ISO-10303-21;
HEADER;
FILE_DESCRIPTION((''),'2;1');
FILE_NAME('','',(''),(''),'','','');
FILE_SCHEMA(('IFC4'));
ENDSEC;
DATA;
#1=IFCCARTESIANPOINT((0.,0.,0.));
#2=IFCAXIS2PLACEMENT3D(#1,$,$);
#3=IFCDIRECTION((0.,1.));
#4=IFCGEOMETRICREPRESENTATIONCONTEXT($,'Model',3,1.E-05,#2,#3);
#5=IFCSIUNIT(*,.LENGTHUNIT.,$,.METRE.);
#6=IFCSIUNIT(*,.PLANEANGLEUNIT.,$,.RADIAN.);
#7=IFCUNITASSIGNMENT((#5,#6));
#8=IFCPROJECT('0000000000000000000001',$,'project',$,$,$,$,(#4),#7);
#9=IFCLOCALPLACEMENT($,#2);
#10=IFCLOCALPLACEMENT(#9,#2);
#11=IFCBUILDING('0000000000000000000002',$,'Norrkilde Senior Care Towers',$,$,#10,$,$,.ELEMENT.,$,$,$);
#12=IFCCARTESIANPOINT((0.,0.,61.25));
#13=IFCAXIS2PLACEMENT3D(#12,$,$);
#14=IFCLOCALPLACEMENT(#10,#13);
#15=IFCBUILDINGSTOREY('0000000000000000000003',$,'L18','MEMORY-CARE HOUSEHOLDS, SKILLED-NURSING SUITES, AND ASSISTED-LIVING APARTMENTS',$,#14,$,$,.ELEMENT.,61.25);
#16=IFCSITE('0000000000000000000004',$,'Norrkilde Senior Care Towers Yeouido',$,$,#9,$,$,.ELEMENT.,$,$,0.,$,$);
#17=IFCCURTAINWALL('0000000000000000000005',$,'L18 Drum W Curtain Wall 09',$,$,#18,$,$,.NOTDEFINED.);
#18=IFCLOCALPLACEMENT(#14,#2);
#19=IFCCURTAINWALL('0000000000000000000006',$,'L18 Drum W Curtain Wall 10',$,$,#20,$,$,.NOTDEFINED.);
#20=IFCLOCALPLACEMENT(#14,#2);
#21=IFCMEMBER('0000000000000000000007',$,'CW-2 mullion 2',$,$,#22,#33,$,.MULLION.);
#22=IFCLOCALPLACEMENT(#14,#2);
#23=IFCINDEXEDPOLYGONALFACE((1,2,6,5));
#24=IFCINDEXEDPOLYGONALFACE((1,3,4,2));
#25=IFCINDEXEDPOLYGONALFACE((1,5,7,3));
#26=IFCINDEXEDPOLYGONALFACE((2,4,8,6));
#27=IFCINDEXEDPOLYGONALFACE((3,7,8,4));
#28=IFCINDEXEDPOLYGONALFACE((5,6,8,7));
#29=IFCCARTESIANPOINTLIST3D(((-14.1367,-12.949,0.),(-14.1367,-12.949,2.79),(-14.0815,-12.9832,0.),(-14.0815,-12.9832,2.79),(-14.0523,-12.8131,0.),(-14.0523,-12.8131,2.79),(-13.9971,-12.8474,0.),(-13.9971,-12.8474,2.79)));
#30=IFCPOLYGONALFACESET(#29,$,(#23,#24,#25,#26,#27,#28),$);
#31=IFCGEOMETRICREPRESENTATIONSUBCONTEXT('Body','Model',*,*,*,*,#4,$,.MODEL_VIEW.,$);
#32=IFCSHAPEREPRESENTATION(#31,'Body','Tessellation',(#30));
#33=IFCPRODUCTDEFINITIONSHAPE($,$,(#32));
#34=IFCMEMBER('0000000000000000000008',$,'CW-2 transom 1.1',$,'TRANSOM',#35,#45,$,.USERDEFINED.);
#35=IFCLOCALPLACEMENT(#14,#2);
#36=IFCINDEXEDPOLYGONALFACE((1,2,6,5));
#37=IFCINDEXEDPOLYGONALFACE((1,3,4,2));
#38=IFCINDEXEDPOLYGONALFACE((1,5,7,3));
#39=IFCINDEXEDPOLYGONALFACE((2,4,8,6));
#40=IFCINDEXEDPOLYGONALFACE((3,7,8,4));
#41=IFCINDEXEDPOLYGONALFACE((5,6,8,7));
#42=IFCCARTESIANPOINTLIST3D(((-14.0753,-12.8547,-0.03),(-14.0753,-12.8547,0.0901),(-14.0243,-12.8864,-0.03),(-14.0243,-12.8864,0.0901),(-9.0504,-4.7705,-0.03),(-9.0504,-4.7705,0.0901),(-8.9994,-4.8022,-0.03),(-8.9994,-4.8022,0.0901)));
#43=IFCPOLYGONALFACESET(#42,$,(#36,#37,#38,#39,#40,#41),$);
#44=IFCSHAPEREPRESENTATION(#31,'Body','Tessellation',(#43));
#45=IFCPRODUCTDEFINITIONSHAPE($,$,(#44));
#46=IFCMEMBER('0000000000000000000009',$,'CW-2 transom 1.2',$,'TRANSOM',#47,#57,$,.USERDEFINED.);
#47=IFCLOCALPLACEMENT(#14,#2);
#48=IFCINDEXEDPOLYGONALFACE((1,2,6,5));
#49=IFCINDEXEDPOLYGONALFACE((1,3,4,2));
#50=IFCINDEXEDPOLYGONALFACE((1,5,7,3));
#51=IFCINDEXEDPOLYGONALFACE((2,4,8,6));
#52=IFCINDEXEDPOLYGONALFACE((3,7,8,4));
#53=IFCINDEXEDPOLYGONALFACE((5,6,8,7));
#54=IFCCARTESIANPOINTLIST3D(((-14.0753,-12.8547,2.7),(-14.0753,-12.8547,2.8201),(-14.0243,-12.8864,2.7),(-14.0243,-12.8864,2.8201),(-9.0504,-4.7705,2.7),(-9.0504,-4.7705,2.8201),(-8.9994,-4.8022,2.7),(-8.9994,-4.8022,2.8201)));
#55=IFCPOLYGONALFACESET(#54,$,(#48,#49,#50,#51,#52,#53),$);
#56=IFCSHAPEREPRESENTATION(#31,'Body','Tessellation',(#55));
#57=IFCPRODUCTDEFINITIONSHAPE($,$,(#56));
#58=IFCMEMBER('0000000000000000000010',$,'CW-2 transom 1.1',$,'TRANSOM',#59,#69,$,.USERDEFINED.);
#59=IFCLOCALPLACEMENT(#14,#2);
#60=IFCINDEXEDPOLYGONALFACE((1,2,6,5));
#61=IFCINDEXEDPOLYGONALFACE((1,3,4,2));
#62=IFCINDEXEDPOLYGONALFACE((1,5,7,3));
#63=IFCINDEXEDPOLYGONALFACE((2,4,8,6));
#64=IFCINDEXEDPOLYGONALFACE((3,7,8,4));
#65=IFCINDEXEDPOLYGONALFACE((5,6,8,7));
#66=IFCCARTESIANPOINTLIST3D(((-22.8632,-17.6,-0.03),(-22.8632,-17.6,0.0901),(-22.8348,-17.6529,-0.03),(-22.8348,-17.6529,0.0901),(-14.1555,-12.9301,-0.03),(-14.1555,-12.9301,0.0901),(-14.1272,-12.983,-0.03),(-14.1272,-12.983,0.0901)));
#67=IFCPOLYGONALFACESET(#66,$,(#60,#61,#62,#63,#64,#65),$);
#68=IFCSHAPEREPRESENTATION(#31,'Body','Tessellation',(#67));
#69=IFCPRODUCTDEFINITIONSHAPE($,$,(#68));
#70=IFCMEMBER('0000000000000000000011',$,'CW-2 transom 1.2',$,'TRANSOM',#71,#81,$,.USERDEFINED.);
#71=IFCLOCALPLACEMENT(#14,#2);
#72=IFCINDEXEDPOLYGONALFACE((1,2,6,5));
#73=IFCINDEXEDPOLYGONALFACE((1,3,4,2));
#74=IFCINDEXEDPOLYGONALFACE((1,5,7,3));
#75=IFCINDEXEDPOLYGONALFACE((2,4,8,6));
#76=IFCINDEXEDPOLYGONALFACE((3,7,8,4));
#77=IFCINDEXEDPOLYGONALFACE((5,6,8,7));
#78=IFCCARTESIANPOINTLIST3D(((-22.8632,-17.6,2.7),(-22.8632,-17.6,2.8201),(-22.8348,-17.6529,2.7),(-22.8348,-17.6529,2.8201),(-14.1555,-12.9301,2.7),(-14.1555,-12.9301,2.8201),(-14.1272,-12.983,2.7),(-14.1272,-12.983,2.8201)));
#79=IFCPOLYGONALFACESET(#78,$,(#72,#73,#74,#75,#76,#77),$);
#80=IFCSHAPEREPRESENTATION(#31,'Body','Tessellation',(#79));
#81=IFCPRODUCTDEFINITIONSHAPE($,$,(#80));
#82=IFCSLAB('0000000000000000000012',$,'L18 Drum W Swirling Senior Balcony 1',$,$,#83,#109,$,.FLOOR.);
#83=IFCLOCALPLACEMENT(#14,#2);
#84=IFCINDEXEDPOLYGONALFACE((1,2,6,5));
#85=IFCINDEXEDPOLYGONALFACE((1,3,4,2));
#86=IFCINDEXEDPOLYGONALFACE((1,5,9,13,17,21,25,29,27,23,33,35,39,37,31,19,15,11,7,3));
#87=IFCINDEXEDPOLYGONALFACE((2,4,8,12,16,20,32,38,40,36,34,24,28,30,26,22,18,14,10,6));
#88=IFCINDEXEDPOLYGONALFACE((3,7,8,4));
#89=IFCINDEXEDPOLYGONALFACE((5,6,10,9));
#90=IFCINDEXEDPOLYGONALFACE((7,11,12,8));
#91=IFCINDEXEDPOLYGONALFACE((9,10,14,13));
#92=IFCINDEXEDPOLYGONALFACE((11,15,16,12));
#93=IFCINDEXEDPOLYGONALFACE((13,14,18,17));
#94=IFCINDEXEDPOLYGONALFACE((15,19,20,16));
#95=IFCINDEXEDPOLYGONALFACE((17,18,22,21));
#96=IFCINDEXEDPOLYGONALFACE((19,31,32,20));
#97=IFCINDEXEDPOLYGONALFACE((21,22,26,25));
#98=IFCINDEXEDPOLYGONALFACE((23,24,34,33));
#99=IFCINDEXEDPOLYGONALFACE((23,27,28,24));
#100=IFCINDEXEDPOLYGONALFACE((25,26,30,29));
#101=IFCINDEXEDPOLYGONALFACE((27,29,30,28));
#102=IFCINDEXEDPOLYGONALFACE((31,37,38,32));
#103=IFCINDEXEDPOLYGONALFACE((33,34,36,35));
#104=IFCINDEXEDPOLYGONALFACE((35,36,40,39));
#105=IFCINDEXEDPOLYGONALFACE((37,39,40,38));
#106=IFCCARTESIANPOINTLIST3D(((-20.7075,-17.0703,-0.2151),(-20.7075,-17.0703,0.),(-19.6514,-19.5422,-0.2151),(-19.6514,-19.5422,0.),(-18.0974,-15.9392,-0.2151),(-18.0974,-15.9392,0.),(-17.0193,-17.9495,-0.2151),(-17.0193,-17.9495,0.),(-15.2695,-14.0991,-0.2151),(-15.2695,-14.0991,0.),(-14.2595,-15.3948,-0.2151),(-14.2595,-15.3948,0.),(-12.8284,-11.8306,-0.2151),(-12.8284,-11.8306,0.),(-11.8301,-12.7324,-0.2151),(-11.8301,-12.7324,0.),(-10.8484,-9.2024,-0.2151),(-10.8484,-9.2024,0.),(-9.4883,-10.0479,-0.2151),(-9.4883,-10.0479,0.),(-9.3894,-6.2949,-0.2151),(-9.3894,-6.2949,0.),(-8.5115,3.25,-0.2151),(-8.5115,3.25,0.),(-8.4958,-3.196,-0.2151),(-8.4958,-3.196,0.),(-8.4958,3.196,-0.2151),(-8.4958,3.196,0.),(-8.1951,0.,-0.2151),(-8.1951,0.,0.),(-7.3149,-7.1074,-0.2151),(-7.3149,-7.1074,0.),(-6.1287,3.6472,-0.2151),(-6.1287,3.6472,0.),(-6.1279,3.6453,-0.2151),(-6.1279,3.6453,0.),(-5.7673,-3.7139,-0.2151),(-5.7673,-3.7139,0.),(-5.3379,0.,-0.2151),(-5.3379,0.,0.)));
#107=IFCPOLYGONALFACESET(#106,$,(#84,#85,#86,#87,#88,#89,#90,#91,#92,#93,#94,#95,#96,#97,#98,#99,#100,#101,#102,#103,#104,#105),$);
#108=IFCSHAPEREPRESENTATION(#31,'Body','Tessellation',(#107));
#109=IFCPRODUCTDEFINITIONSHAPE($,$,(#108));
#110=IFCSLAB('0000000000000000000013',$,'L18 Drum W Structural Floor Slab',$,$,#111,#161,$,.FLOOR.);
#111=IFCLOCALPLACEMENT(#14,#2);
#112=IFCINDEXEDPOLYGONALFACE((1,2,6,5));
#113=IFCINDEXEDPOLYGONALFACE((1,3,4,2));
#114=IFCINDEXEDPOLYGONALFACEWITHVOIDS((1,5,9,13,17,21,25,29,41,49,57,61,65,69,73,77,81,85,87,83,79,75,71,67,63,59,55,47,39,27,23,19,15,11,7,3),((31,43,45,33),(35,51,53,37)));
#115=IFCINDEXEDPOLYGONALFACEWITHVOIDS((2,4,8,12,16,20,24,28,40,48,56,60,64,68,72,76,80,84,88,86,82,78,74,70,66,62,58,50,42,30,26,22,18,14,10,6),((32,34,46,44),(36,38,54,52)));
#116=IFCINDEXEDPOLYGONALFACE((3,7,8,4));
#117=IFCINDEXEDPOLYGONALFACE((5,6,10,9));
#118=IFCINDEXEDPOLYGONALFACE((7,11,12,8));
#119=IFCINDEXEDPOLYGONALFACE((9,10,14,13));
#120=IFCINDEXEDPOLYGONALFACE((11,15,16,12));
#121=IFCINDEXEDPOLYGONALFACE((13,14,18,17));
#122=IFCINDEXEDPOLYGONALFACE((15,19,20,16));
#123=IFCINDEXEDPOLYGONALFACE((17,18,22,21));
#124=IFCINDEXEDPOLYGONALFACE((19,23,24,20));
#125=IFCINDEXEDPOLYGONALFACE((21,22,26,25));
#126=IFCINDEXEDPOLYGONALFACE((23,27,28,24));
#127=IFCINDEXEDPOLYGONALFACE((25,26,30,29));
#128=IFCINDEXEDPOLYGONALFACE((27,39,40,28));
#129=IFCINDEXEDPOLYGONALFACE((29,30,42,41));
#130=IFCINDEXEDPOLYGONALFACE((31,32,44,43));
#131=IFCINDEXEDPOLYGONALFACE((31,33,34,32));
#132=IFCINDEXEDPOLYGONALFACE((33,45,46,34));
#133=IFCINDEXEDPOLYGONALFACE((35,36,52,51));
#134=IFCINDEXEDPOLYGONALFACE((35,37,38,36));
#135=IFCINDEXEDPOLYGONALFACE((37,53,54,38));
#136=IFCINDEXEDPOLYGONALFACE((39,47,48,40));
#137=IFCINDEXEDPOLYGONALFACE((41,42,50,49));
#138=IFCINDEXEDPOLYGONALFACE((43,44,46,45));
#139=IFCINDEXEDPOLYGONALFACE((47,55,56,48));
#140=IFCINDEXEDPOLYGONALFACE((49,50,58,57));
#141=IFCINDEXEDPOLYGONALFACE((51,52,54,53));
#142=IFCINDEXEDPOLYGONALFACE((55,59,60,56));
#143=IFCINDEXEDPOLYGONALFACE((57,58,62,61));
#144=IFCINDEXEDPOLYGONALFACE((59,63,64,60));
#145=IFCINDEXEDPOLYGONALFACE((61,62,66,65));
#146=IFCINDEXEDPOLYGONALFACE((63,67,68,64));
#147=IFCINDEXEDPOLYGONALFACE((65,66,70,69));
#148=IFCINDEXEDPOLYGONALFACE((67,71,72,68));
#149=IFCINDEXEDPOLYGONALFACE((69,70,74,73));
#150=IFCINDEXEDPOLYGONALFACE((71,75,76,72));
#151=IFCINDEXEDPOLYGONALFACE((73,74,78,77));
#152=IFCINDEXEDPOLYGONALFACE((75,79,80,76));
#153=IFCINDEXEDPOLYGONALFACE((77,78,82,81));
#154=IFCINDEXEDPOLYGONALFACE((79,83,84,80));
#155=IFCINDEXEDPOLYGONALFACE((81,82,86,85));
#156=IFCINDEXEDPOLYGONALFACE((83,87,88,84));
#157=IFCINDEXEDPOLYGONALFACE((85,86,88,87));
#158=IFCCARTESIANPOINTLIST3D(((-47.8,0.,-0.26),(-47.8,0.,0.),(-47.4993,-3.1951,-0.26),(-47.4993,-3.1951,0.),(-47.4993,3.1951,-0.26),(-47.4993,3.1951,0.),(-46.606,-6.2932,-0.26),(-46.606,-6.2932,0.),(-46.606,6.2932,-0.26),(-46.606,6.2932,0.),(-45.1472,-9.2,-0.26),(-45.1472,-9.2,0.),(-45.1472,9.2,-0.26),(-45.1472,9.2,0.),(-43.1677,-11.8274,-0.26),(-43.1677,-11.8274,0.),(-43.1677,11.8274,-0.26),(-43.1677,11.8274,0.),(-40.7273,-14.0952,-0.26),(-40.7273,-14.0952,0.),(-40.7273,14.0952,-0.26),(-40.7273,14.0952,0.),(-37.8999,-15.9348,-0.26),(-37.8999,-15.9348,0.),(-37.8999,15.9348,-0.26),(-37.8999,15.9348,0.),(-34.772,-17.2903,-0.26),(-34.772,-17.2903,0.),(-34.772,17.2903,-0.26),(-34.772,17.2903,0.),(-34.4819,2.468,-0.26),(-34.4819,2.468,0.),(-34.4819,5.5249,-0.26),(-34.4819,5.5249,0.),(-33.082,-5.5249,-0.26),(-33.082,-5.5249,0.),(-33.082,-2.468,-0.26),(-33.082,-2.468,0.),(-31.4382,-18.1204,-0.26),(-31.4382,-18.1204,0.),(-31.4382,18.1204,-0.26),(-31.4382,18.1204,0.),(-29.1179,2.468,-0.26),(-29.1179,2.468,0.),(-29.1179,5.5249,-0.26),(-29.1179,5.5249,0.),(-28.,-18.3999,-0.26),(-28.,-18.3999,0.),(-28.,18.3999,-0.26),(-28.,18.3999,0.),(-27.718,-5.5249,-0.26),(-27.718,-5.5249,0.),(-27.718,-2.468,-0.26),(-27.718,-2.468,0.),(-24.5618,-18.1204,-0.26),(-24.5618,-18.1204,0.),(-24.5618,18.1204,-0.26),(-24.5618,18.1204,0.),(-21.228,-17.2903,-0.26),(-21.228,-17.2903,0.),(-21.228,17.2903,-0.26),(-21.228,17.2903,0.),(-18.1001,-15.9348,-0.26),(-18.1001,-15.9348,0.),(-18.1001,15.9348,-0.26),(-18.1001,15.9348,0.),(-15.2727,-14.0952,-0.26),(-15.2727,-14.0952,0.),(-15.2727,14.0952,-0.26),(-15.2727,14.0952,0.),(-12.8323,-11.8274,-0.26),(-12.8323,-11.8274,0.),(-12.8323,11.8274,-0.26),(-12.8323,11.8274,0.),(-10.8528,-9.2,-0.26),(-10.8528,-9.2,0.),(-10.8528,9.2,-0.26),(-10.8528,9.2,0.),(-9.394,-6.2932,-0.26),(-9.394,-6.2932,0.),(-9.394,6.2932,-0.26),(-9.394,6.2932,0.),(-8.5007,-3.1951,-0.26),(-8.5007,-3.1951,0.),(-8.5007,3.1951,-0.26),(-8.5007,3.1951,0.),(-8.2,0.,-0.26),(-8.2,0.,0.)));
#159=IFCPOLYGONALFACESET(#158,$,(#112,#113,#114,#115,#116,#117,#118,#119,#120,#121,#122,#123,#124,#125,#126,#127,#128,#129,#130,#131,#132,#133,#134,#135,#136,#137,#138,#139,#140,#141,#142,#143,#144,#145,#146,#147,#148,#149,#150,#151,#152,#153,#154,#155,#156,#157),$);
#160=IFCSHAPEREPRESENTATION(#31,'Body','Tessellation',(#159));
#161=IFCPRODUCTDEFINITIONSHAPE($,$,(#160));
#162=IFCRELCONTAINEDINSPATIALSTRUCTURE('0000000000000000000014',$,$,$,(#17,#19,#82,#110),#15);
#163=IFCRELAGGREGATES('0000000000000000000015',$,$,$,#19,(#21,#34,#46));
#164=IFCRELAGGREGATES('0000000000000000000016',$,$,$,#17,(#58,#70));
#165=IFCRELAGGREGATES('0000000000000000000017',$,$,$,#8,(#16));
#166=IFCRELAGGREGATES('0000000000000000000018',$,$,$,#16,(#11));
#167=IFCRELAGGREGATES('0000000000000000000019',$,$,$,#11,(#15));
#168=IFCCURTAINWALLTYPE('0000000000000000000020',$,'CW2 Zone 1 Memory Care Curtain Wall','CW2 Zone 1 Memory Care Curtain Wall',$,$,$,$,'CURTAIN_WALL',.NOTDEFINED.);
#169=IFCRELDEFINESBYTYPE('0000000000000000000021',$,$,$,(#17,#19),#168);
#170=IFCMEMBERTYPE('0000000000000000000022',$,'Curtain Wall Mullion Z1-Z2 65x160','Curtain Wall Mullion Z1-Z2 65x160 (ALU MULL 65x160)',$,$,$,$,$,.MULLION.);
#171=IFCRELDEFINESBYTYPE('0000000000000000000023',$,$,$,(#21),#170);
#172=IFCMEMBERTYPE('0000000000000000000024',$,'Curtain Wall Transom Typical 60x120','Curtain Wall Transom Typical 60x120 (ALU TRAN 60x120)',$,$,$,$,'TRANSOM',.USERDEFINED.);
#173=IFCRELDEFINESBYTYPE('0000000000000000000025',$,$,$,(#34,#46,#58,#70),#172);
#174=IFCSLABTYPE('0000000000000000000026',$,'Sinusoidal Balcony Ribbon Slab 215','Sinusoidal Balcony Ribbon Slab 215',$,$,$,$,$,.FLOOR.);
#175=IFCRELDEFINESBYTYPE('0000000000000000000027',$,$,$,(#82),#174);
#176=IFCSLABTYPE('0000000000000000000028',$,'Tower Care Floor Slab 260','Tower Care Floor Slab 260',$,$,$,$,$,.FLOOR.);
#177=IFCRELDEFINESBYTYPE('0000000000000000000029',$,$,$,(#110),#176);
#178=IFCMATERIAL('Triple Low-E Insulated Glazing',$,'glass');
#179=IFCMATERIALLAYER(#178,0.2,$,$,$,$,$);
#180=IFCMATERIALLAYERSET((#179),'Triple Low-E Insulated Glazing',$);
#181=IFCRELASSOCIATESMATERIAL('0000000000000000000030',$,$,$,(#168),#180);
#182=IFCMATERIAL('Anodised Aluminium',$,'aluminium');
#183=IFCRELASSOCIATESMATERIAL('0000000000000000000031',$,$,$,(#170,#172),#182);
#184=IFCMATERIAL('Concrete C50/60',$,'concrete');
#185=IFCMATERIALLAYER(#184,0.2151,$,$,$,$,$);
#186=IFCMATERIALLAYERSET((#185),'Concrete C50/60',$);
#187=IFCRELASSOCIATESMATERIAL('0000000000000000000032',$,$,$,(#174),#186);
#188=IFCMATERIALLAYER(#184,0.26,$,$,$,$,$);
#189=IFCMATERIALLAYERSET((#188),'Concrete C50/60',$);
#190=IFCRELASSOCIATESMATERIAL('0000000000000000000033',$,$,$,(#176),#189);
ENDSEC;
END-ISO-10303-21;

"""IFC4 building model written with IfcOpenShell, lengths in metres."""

from ifc_helpers import new_model, si_unit, direction, frame, origin, origin_2d, place, context, subcontext, project, spatial, polyline, rectangle, outline, extrude, source, transform, mapped, material, layer, layer_set, material_profile, profile_set, type_object, type_shapes, element, aggregate, save


model = new_model("IFC4")

# Units and contexts
model_context = context("Model", 3, precision=1e-05, world=origin(), true_north=direction((0.0, 1.0)))
body_context = subcontext(model_context, "Body", "Model", "MODEL_VIEW")
ifc_project = project(units=[si_unit("LENGTHUNIT", "METRE"), si_unit("PLANEANGLEUNIT", "RADIAN")], contexts=[model_context])

# Site, building, storey
site_placement = place(None, origin())
site = spatial("IfcSite", under=ifc_project, at=site_placement, Name="Norrkilde Senior Care Towers Yeouido", CompositionType="ELEMENT", RefElevation=0.0)
building_placement = place(site_placement, origin())
building = spatial("IfcBuilding", under=site, at=building_placement, Name="Norrkilde Senior Care Towers", CompositionType="ELEMENT")
storey_placement = place(building_placement, frame((0.0, 0.0, 61.25)))
storey = spatial("IfcBuildingStorey", under=building, at=storey_placement, Name="L18", Description="MEMORY-CARE HOUSEHOLDS, SKILLED-NURSING SUITES, AND ASSISTED-LIVING APARTMENTS", CompositionType="ELEMENT", Elevation=61.25)

# Curtain wall
ifc_material_1 = material(Name="Triple Low-E Insulated Glazing", Category="glass")
ifc_layer_1 = layer(ifc_material_1, 0.2)
ifc_layer_set_1 = layer_set([ifc_layer_1], Name="Triple Low-E Insulated Glazing")
curtain_wall_type = type_object("IfcCurtainWallType", Name="CW2 Zone 1 Memory Care Curtain Wall", Description="CW2 Zone 1 Memory Care Curtain Wall", ElementType="CURTAIN_WALL", PredefinedType="NOTDEFINED", material=ifc_layer_set_1)
curtain_wall_1_placement = place(storey_placement, origin())
curtain_wall_1 = element("IfcCurtainWall", 1, at=curtain_wall_1_placement, inside=storey, type_object=curtain_wall_type, Name="L18 Drum W Curtain Wall 09", PredefinedType="NOTDEFINED")
ifc_material_2 = material(Name="Anodised Aluminium", Category="aluminium")
ifc_material_profile_1 = material_profile(ifc_material_2, rectangle(XDim=0.0649, YDim=0.1599, at=origin_2d()), Name="ALU MULL 65x160")
ifc_profile_set_1 = profile_set([ifc_material_profile_1], Name="Anodised Aluminium")
member_type_1 = type_object("IfcMemberType", Name="Curtain Wall Mullion Z1-Z2 65x160", Description="Curtain Wall Mullion Z1-Z2 65x160 (ALU MULL 65x160)", PredefinedType="MULLION", material=ifc_profile_set_1)
shared_shape_1 = source(origin(), body_context, "Body", "SweptSolid", [
    extrude(rectangle(XDim=0.0649, YDim=0.1599, at=origin_2d()), origin(), (0.0, 0.0, 1.0), 2.79),
])
type_shapes(member_type_1, [shared_shape_1])

# Curtain wall, members
curtain_wall_2_placement = place(storey_placement, origin())
curtain_wall_2 = element("IfcCurtainWall", 2, at=curtain_wall_2_placement, inside=storey, type_object=curtain_wall_type, Name="L18 Drum W Curtain Wall 10", PredefinedType="NOTDEFINED")
member_1_placement = place(storey_placement, frame((-14.0669, -12.8982, 0.0), z_axis=(0.0, 0.0, 1.0), x_axis=(0.849306, -0.527901, 0.0)))
member_1 = element("IfcMember", 3, at=member_1_placement, type_object=member_type_1, Name="CW-2 mullion 2", PredefinedType="MULLION", context=body_context, shape_type="MappedRepresentation", body=[
    mapped(shared_shape_1, transform((0.0, 0.0, 0.0), x_axis=(1.0, 0.0, 0.0), y_axis=(0.0, 1.0, 0.0), z_axis=(0.0, 0.0, 1.0), scale=1.0)),
])
ifc_material_profile_2 = material_profile(ifc_material_2, rectangle(XDim=0.0601, YDim=0.1201, at=origin_2d()), Name="ALU TRAN 60x120")
ifc_profile_set_2 = profile_set([ifc_material_profile_2], Name="Anodised Aluminium")
member_type_2 = type_object("IfcMemberType", Name="Curtain Wall Transom Typical 60x120", Description="Curtain Wall Transom Typical 60x120 (ALU TRAN 60x120)", ElementType="TRANSOM", PredefinedType="USERDEFINED", material=ifc_profile_set_2)
shared_shape_2 = source(origin(), body_context, "Body", "SweptSolid", [
    extrude(rectangle(XDim=0.0601, YDim=0.1201, at=origin_2d()), origin(), (0.0, 0.0, 1.0), 9.5186),
])
member_2_placement = place(storey_placement, frame((-9.0249, -4.7864, 0.03), z_axis=(-0.527902, -0.849306, 0.0), x_axis=(0.849306, -0.527902, 0.0)))
member_2 = element("IfcMember", 4, at=member_2_placement, type_object=member_type_2, Name="CW-2 transom 1.1", ObjectType="TRANSOM", PredefinedType="USERDEFINED", context=body_context, shape_type="MappedRepresentation", body=[
    mapped(shared_shape_2, transform((0.0, 0.0, 0.0), x_axis=(1.0, 0.0, 0.0), y_axis=(0.0, 1.0, 0.0), z_axis=(0.0, 0.0, 1.0), scale=1.0)),
])
member_3_placement = place(storey_placement, frame((-9.0249, -4.7864, 2.76), z_axis=(-0.527902, -0.849306, 0.0), x_axis=(0.849306, -0.527902, 0.0)))
member_3 = element("IfcMember", 5, at=member_3_placement, type_object=member_type_2, Name="CW-2 transom 1.2", ObjectType="TRANSOM", PredefinedType="USERDEFINED", context=body_context, shape_type="MappedRepresentation", body=[
    mapped(shared_shape_2, transform((0.0, 0.0, 0.0), x_axis=(1.0, 0.0, 0.0), y_axis=(0.0, 1.0, 0.0), z_axis=(0.0, 0.0, 1.0), scale=1.0)),
])

# Members
shared_shape_3 = source(origin(), body_context, "Body", "SweptSolid", [
    extrude(rectangle(XDim=0.0601, YDim=0.1201, at=origin_2d()), origin(), (0.0, 0.0, 1.0), 9.8809),
])
type_shapes(member_type_2, [shared_shape_2, shared_shape_3])
member_4_placement = place(storey_placement, frame((-14.1414, -12.9565, 0.03), z_axis=(-0.881267, -0.472618, 0.0), x_axis=(0.472618, -0.881267, 0.0)))
member_4 = element("IfcMember", 6, at=member_4_placement, type_object=member_type_2, Name="CW-2 transom 1.1", ObjectType="TRANSOM", PredefinedType="USERDEFINED", context=body_context, shape_type="MappedRepresentation", body=[
    mapped(shared_shape_3, transform((0.0, 0.0, 0.0), x_axis=(1.0, 0.0, 0.0), y_axis=(0.0, 1.0, 0.0), z_axis=(0.0, 0.0, 1.0), scale=1.0)),
])
member_5_placement = place(storey_placement, frame((-14.1414, -12.9565, 2.76), z_axis=(-0.881267, -0.472618, 0.0), x_axis=(0.472618, -0.881267, 0.0)))
member_5 = element("IfcMember", 7, at=member_5_placement, type_object=member_type_2, Name="CW-2 transom 1.2", ObjectType="TRANSOM", PredefinedType="USERDEFINED", context=body_context, shape_type="MappedRepresentation", body=[
    mapped(shared_shape_3, transform((0.0, 0.0, 0.0), x_axis=(1.0, 0.0, 0.0), y_axis=(0.0, 1.0, 0.0), z_axis=(0.0, 0.0, 1.0), scale=1.0)),
])

# Slabs
ifc_material_3 = material(Name="Concrete C50/60", Category="concrete")
ifc_layer_2 = layer(ifc_material_3, 0.2151)
ifc_layer_set_2 = layer_set([ifc_layer_2], Name="Concrete C50/60")
slab_type_1 = type_object("IfcSlabType", Name="Sinusoidal Balcony Ribbon Slab 215", Description="Sinusoidal Balcony Ribbon Slab 215", PredefinedType="FLOOR", material=ifc_layer_set_2)
slab_1_placement = place(storey_placement, frame((0.0, 0.0, -0.2151)))
element("IfcSlab", 8, at=slab_1_placement, inside=storey, type_object=slab_type_1, Name="L18 Drum W Swirling Senior Balcony 1", PredefinedType="FLOOR", context=body_context, shape_type="SweptSolid", body=[
    extrude(outline(polyline([(-9.4883, -10.0479), (-11.8301, -12.7324), (-14.2595, -15.3948), (-17.0193, -17.9495), (-19.6514, -19.5422), (-20.7075, -17.0703), (-18.0974, -15.9392), (-15.2695, -14.0991), (-12.8284, -11.8306), (-10.8484, -9.2024), (-9.3894, -6.2949), (-8.4958, -3.196), (-8.1951, 0.0), (-8.4958, 3.196), (-8.5115, 3.25), (-6.1287, 3.6472), (-6.1279, 3.6453), (-5.3379, 0.0), (-5.7673, -3.7139), (-7.3149, -7.1074), (-9.4883, -10.0479)])), origin(), (0.0, 0.0, 1.0), 0.2151),
])
ifc_layer_3 = layer(ifc_material_3, 0.26)
ifc_layer_set_3 = layer_set([ifc_layer_3], Name="Concrete C50/60")
slab_type_2 = type_object("IfcSlabType", Name="Tower Care Floor Slab 260", Description="Tower Care Floor Slab 260", PredefinedType="FLOOR", material=ifc_layer_set_3)
slab_2_placement = place(storey_placement, frame((0.0, 0.0, -0.26)))
element("IfcSlab", 9, at=slab_2_placement, inside=storey, type_object=slab_type_2, Name="L18 Drum W Structural Floor Slab", PredefinedType="FLOOR", context=body_context, shape_type="SweptSolid", body=[
    extrude(outline(polyline([(-9.394, -6.2932), (-10.8528, -9.2), (-12.8323, -11.8274), (-15.2727, -14.0952), (-18.1001, -15.9348), (-21.228, -17.2903), (-24.5618, -18.1204), (-28.0, -18.3999), (-31.4382, -18.1204), (-34.772, -17.2903), (-37.8999, -15.9348), (-40.7273, -14.0952), (-43.1677, -11.8274), (-45.1472, -9.2), (-46.606, -6.2932), (-47.4993, -3.1951), (-47.8, 0.0), (-47.4993, 3.1951), (-46.606, 6.2932), (-45.1472, 9.2), (-43.1677, 11.8274), (-40.7273, 14.0952), (-37.8999, 15.9348), (-34.772, 17.2903), (-31.4382, 18.1204), (-28.0, 18.3999), (-24.5618, 18.1204), (-21.228, 17.2903), (-18.1001, 15.9348), (-15.2727, 14.0952), (-12.8323, 11.8274), (-10.8528, 9.2), (-9.394, 6.2932), (-8.5007, 3.1951), (-8.2, 0.0), (-8.5007, -3.1951), (-9.394, -6.2932)]), holes=[polyline([(-34.4819, 2.468), (-29.1179, 2.468), (-29.1179, 5.5249), (-34.4819, 5.5249), (-34.4819, 2.468)]), polyline([(-27.718, -5.5249), (-27.718, -2.468), (-33.082, -2.468), (-33.082, -5.5249), (-27.718, -5.5249)])]), origin(), (0.0, 0.0, 1.0), 0.26),
])

aggregate(curtain_wall_2, [member_1, member_2, member_3])
aggregate(curtain_wall_1, [member_4, member_5])

save(model, "model.ifc")
